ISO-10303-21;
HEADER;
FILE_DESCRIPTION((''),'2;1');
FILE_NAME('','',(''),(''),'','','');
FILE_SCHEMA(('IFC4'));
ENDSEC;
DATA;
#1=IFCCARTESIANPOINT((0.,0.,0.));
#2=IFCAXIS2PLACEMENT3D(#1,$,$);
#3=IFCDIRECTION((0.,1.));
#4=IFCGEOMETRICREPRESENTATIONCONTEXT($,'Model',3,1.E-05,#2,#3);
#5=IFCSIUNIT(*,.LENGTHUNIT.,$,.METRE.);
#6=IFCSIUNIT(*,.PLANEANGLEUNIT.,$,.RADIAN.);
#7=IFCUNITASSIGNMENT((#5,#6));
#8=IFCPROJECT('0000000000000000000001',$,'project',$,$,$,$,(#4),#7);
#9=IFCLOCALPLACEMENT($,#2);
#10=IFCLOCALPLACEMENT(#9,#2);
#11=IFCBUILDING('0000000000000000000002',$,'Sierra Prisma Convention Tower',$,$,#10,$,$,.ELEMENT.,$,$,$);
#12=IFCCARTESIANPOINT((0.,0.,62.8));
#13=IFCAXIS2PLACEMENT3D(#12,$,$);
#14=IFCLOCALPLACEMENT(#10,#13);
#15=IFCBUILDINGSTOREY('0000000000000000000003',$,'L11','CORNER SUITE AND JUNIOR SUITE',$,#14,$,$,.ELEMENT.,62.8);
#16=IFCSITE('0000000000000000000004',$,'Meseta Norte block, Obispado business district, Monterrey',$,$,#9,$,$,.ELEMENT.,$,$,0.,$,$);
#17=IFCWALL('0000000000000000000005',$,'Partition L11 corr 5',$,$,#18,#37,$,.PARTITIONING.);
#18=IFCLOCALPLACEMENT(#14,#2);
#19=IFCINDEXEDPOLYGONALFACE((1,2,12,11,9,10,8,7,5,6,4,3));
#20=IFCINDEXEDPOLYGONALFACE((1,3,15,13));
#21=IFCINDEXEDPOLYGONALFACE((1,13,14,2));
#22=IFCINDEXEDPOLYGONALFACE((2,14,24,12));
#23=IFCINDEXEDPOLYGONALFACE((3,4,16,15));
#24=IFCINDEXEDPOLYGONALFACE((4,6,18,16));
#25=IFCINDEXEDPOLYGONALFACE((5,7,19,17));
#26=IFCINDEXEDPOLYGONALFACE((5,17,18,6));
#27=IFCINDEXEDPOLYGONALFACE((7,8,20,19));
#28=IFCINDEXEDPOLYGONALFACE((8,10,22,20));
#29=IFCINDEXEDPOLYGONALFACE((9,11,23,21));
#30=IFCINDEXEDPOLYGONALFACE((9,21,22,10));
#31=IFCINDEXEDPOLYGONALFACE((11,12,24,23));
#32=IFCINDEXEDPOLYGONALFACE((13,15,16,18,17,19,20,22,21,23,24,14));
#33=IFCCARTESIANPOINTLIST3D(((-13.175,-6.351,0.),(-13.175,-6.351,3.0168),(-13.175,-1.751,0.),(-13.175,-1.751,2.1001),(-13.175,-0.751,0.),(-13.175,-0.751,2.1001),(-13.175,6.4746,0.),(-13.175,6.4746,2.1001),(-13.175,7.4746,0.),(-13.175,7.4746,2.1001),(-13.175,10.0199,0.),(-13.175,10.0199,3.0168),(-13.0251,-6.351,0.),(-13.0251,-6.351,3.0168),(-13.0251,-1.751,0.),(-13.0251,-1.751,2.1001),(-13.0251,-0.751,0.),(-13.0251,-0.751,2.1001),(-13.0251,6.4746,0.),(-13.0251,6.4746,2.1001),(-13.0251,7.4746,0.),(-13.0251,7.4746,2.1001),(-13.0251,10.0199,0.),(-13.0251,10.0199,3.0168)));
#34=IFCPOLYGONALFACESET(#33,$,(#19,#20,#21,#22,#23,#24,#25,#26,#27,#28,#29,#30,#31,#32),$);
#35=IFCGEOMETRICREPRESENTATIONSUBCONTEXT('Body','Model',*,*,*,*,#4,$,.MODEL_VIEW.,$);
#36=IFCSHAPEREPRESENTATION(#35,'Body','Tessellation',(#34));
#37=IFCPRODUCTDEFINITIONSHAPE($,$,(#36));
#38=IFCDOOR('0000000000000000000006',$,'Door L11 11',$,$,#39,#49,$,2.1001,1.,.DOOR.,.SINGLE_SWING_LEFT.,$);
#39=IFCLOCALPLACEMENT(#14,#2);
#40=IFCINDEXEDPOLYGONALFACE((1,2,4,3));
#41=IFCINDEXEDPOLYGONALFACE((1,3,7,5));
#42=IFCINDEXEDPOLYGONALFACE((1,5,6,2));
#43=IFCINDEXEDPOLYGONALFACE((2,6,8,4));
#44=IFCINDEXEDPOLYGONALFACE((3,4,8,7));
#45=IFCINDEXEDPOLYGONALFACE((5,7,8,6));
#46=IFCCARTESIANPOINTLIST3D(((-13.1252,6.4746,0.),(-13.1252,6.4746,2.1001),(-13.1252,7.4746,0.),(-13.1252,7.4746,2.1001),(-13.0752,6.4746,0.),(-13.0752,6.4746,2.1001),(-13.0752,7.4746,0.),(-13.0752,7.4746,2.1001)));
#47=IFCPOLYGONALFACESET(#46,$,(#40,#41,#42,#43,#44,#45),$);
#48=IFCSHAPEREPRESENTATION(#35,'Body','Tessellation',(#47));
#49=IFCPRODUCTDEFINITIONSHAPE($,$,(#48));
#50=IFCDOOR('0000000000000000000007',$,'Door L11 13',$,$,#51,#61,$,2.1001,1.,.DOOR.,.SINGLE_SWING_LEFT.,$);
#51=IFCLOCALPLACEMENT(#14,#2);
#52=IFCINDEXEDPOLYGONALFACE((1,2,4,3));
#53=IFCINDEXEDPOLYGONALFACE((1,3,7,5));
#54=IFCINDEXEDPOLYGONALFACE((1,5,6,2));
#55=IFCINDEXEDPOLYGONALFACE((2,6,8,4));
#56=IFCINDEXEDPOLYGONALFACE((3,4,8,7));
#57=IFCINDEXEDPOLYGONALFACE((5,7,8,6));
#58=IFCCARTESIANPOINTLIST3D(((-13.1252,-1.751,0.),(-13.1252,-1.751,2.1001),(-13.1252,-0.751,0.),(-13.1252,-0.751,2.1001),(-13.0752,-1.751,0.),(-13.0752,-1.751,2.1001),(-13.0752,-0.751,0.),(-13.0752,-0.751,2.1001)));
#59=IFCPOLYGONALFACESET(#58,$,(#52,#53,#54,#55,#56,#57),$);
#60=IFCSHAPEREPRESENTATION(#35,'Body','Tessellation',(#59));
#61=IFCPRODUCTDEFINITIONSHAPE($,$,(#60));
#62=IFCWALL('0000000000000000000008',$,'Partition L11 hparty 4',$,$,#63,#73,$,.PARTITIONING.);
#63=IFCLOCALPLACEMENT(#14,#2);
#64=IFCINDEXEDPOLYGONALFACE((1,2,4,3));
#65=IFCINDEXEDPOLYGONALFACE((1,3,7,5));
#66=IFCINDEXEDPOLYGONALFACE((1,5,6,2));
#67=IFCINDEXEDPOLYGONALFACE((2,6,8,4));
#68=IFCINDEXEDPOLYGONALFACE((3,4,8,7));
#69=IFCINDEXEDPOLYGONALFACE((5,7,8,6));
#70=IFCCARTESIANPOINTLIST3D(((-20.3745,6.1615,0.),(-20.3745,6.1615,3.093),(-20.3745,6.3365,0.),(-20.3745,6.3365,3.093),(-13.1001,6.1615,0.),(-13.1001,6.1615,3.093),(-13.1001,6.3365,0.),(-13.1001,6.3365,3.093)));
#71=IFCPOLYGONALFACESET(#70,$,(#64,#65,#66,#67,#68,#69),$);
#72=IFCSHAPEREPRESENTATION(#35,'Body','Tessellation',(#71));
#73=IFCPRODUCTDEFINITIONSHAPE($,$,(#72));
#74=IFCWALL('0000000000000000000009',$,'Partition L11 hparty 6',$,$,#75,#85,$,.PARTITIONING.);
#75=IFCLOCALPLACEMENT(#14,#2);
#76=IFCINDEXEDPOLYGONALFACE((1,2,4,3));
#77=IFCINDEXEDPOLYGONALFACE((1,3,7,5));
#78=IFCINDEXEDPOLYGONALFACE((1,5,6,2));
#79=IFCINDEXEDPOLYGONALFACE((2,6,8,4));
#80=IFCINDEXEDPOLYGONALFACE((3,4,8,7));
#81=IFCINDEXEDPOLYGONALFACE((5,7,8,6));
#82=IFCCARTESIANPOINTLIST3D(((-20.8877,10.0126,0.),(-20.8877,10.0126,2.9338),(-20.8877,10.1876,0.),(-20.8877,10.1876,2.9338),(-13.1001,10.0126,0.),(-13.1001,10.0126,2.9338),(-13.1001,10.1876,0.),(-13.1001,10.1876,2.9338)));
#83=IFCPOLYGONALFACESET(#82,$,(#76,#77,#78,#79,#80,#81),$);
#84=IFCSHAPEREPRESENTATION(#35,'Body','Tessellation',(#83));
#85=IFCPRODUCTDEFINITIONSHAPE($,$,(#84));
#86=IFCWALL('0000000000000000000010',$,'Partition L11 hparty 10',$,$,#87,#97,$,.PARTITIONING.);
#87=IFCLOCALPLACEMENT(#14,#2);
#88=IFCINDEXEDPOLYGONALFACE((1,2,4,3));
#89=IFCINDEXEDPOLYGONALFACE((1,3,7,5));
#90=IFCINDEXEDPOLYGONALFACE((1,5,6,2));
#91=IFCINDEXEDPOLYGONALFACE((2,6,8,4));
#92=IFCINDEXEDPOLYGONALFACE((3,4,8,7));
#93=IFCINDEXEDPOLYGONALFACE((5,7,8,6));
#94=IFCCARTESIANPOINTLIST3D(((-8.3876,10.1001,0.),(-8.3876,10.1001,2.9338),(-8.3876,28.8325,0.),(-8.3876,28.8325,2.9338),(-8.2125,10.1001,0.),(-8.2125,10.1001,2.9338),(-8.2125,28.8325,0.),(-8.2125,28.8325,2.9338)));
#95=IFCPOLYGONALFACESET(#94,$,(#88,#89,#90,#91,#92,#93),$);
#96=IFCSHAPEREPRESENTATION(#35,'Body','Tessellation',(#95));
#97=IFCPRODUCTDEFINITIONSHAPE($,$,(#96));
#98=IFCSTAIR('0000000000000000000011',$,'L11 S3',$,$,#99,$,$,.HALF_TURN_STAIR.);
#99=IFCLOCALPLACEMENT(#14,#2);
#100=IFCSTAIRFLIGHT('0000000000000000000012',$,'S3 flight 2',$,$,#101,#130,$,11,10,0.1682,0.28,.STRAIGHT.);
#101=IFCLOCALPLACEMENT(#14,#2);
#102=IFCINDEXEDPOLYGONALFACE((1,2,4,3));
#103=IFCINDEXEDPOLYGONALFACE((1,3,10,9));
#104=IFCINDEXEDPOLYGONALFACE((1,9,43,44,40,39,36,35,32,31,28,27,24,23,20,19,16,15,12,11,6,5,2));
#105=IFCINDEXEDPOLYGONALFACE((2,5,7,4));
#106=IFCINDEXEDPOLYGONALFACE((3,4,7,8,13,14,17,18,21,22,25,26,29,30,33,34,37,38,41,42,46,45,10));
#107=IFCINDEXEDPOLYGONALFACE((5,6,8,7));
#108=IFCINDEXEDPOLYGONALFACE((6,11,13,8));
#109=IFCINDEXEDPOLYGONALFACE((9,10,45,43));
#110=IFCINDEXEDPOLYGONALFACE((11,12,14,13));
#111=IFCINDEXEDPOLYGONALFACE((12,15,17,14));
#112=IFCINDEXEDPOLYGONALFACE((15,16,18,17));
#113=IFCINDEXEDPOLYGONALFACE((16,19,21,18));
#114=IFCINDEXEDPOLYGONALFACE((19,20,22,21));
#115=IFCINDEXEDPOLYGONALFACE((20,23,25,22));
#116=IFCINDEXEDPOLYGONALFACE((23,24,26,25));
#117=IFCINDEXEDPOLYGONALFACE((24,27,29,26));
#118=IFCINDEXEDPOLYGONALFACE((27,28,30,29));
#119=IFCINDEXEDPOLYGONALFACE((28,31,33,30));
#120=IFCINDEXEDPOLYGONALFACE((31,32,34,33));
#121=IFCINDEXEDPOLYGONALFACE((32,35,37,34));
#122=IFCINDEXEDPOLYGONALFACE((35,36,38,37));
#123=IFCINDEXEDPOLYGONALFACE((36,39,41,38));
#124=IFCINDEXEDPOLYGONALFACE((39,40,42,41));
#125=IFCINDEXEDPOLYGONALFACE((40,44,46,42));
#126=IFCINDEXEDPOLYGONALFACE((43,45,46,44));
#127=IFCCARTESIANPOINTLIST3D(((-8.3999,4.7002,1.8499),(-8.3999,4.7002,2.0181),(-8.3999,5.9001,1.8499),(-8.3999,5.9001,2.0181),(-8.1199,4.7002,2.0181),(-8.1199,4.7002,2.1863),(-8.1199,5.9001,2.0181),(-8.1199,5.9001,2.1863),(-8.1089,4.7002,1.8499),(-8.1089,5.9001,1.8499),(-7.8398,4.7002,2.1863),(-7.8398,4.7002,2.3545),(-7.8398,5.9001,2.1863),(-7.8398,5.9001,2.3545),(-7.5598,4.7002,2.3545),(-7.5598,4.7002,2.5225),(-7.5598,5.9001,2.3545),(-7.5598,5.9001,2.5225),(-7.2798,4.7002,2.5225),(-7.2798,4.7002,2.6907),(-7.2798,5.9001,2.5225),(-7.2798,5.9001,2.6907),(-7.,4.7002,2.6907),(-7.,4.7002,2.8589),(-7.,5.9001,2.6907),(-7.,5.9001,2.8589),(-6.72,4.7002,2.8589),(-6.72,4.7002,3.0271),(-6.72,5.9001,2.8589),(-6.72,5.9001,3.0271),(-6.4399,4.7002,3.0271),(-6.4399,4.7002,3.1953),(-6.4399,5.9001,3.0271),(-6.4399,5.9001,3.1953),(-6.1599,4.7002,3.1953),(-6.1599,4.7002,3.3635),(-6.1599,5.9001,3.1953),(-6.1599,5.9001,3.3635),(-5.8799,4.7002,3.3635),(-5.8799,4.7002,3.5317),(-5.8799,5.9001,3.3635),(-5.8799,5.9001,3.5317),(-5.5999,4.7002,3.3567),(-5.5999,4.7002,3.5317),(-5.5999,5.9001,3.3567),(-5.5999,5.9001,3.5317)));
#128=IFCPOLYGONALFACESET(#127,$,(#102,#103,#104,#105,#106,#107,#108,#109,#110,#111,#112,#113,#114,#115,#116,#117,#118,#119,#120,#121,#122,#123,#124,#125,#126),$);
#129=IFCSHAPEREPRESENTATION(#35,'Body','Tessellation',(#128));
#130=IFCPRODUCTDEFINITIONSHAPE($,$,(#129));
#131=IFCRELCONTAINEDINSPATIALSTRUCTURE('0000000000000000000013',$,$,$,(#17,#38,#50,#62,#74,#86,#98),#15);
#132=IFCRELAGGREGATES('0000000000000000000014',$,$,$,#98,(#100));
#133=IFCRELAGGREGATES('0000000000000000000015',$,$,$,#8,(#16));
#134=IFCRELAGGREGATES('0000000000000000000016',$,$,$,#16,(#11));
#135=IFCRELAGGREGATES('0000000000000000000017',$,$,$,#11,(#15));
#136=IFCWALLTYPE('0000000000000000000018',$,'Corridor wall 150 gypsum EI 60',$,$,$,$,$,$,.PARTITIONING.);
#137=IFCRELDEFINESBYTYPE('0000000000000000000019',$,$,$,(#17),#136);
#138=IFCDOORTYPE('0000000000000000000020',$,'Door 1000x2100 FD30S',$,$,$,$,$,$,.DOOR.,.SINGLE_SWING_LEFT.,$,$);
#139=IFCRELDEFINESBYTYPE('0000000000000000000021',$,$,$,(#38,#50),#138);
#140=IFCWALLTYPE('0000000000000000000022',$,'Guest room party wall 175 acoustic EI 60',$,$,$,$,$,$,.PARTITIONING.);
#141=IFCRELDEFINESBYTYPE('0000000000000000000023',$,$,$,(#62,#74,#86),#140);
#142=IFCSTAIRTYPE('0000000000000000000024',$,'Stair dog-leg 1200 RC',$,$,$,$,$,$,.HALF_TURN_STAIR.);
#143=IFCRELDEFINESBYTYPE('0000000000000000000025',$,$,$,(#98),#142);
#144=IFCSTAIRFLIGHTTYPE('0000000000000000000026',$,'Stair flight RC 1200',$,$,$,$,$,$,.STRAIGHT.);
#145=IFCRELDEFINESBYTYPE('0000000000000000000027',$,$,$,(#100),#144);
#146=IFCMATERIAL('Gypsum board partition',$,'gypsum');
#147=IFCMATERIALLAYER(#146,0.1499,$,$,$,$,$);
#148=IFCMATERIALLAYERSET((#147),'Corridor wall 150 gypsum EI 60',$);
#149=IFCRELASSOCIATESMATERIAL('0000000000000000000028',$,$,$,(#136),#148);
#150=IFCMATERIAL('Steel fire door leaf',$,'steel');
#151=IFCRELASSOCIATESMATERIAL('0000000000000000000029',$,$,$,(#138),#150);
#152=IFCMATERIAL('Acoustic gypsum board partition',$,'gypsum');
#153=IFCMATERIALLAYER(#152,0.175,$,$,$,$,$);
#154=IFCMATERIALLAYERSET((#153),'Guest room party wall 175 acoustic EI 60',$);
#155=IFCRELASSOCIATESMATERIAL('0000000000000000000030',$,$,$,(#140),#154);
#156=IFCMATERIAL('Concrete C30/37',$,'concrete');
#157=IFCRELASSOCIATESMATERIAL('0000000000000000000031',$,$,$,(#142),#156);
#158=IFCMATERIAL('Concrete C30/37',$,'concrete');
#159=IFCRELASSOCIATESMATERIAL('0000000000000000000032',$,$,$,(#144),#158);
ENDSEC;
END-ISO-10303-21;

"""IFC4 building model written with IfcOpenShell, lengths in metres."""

from ifc_helpers import new_model, si_unit, direction, frame, frame_2d, origin, place, context, subcontext, project, spatial, polyline, rectangle, outline, extrude, material, layer, layer_set, type_object, element, fill, aggregate, save


model = new_model("IFC4")

# Units and contexts
model_context = context("Model", 3, precision=1e-05, world=origin(), true_north=direction((0.0, 1.0)))
body_context = subcontext(model_context, "Body", "Model", "MODEL_VIEW")
ifc_project = project(units=[si_unit("LENGTHUNIT", "METRE"), si_unit("PLANEANGLEUNIT", "RADIAN")], contexts=[model_context])

# Site, building, storey
site_placement = place(None, origin())
site = spatial("IfcSite", under=ifc_project, at=site_placement, Name="Meseta Norte block, Obispado business district, Monterrey", CompositionType="ELEMENT", RefElevation=0.0)
building_placement = place(site_placement, origin())
building = spatial("IfcBuilding", under=site, at=building_placement, Name="Sierra Prisma Convention Tower", CompositionType="ELEMENT")
storey_placement = place(building_placement, frame((0.0, 0.0, 62.8)))
storey = spatial("IfcBuildingStorey", under=building, at=storey_placement, Name="L11", Description="CORNER SUITE AND JUNIOR SUITE", CompositionType="ELEMENT", Elevation=62.8)

# Wall, openings, doors
ifc_material_1 = material(Name="Gypsum board partition", Category="gypsum")
ifc_layer_1 = layer(ifc_material_1, 0.1499)
ifc_layer_set_1 = layer_set([ifc_layer_1], Name="Corridor wall 150 gypsum EI 60")
wall_type_1 = type_object("IfcWallType", Name="Corridor wall 150 gypsum EI 60", PredefinedType="PARTITIONING", material=ifc_layer_set_1)
wall_1_placement = place(storey_placement, frame((-13.1001, 10.02, 0.0), z_axis=(0.0, 0.0, 1.0), x_axis=(0.0, -1.0, 0.0)))
wall_1 = element("IfcWall", 1, at=wall_1_placement, inside=storey, type_object=wall_type_1, Name="Partition L11 corr 5", PredefinedType="PARTITIONING", context=body_context, shape_type="SweptSolid", body=[
    extrude(rectangle(XDim=16.3708, YDim=0.1499, at=frame_2d((8.1855, 0.0))), origin(), (0.0, 0.0, 1.0), 3.0168),
])
opening_1_placement = place(wall_1_placement, frame((2.5454, 0.0, 0.0)))
opening_1 = element("IfcOpeningElement", 2, at=opening_1_placement, cuts=wall_1, PredefinedType="OPENING", context=body_context, shape_type="SweptSolid", body=[
    extrude(rectangle(XDim=1.0, YDim=2.1001, at=frame_2d((0.5, 1.05))), frame((0.0, 0.075, 0.0), z_axis=(0.0, -1.0, 0.0), x_axis=(1.0, 0.0, 0.0)), (0.0, 0.0, 1.0), 0.1499),
])
opening_2_placement = place(wall_1_placement, frame((10.771, 0.0, 0.0)))
opening_2 = element("IfcOpeningElement", 3, at=opening_2_placement, cuts=wall_1, PredefinedType="OPENING", context=body_context, shape_type="SweptSolid", body=[
    extrude(rectangle(XDim=1.0, YDim=2.1001, at=frame_2d((0.5, 1.05))), frame((0.0, 0.075, 0.0), z_axis=(0.0, -1.0, 0.0), x_axis=(1.0, 0.0, 0.0)), (0.0, 0.0, 1.0), 0.1499),
])
ifc_material_2 = material(Name="Steel fire door leaf", Category="steel")
door_type_1 = type_object("IfcDoorType", Name="Door 1000x2100 FD30S", OperationType="SINGLE_SWING_LEFT", PredefinedType="DOOR", material=ifc_material_2)
door_1_placement = place(opening_1_placement, origin())
door_1 = element("IfcDoor", 4, at=door_1_placement, inside=storey, type_object=door_type_1, Name="Door L11 11", OperationType="SINGLE_SWING_LEFT", OverallHeight=2.1001, OverallWidth=1.0, PredefinedType="DOOR", context=body_context, shape_type="SweptSolid", body=[
    extrude(rectangle(XDim=1.0, YDim=2.1001, at=frame_2d((0.5, 1.05))), frame((0.0, 0.0249, 0.0), z_axis=(0.0, -1.0, 0.0), x_axis=(1.0, 0.0, 0.0)), (0.0, 0.0, 1.0), 0.05),
])
fill(opening_1, door_1)
door_2_placement = place(opening_2_placement, origin())
door_2 = element("IfcDoor", 5, at=door_2_placement, inside=storey, type_object=door_type_1, Name="Door L11 13", OperationType="SINGLE_SWING_LEFT", OverallHeight=2.1001, OverallWidth=1.0, PredefinedType="DOOR", context=body_context, shape_type="SweptSolid", body=[
    extrude(rectangle(XDim=1.0, YDim=2.1001, at=frame_2d((0.5, 1.05))), frame((0.0, 0.0249, 0.0), z_axis=(0.0, -1.0, 0.0), x_axis=(1.0, 0.0, 0.0)), (0.0, 0.0, 1.0), 0.05),
])
fill(opening_2, door_2)

# Walls
ifc_material_3 = material(Name="Acoustic gypsum board partition", Category="gypsum")
ifc_layer_2 = layer(ifc_material_3, 0.175)
ifc_layer_set_2 = layer_set([ifc_layer_2], Name="Guest room party wall 175 acoustic EI 60")
wall_type_2 = type_object("IfcWallType", Name="Guest room party wall 175 acoustic EI 60", PredefinedType="PARTITIONING", material=ifc_layer_set_2)
wall_2_placement = place(storey_placement, frame((-13.1001, 6.249, 0.0), z_axis=(0.0, 0.0, 1.0), x_axis=(-1.0, 0.0, 0.0)))
element("IfcWall", 6, at=wall_2_placement, inside=storey, type_object=wall_type_2, Name="Partition L11 hparty 4", PredefinedType="PARTITIONING", context=body_context, shape_type="SweptSolid", body=[
    extrude(rectangle(XDim=7.2744, YDim=0.175, at=frame_2d((3.6372, 0.0))), origin(), (0.0, 0.0, 1.0), 3.093),
])
wall_3_placement = place(storey_placement, frame((-13.1001, 10.1001, 0.0), z_axis=(0.0, 0.0, 1.0), x_axis=(-1.0, 0.0, 0.0)))
element("IfcWall", 7, at=wall_3_placement, inside=storey, type_object=wall_type_2, Name="Partition L11 hparty 6", PredefinedType="PARTITIONING", context=body_context, shape_type="SweptSolid", body=[
    extrude(rectangle(XDim=7.7876, YDim=0.175, at=frame_2d((3.8938, 0.0))), origin(), (0.0, 0.0, 1.0), 2.9338),
])
wall_4_placement = place(storey_placement, frame((-8.3, 10.1001, 0.0), z_axis=(0.0, 0.0, 1.0), x_axis=(0.0, 1.0, 0.0)))
element("IfcWall", 8, at=wall_4_placement, inside=storey, type_object=wall_type_2, Name="Partition L11 hparty 10", PredefinedType="PARTITIONING", context=body_context, shape_type="SweptSolid", body=[
    extrude(rectangle(XDim=18.7324, YDim=0.175, at=frame_2d((9.3662, 0.0))), origin(), (0.0, 0.0, 1.0), 2.9338),
])

# Stair, stair flight
ifc_material_4 = material(Name="Concrete C30/37", Category="concrete")
stair_type = type_object("IfcStairType", Name="Stair dog-leg 1200 RC", PredefinedType="HALF_TURN_STAIR", material=ifc_material_4)
stair_placement = place(storey_placement, origin())
stair = element("IfcStair", 9, at=stair_placement, inside=storey, type_object=stair_type, Name="L11 S3", PredefinedType="HALF_TURN_STAIR")
ifc_material_5 = material(Name="Concrete C30/37", Category="concrete")
stair_flight_type = type_object("IfcStairFlightType", Name="Stair flight RC 1200", PredefinedType="STRAIGHT", material=ifc_material_5)
stair_flight_placement = place(storey_placement, frame((-8.3999, 5.3, 1.8499), z_axis=(0.0, 0.0, 1.0), x_axis=(1.0, 0.0, 0.0)))
stair_flight = element("IfcStairFlight", 10, at=stair_flight_placement, type_object=stair_flight_type, Name="S3 flight 2", NumberOfRisers=11, NumberOfTreads=10, PredefinedType="STRAIGHT", RiserHeight=0.1682, TreadLength=0.28, context=body_context, shape_type="SweptSolid", body=[
    extrude(outline(polyline([(0.0, 0.0), (0.0, 0.1682), (0.28, 0.1682), (0.28, 0.3364), (0.5601, 0.3364), (0.5601, 0.5046), (0.8401, 0.5046), (0.8401, 0.6726), (1.1201, 0.6726), (1.1201, 0.8408), (1.3999, 0.8408), (1.3999, 1.009), (1.6799, 1.009), (1.6799, 1.1772), (1.96, 1.1772), (1.96, 1.3455), (2.24, 1.3455), (2.24, 1.5137), (2.52, 1.5137), (2.52, 1.6819), (2.8, 1.6819), (2.8, 1.8501), (2.8, 1.5068), (0.291, 0.0), (0.0, 0.0)])), frame((0.0, 0.6001, 0.0), z_axis=(0.0, -1.0, 0.0), x_axis=(1.0, 0.0, 0.0)), (0.0, 0.0, 1.0), 1.2),
])
aggregate(stair, [stair_flight])

save(model, "model.ifc")
